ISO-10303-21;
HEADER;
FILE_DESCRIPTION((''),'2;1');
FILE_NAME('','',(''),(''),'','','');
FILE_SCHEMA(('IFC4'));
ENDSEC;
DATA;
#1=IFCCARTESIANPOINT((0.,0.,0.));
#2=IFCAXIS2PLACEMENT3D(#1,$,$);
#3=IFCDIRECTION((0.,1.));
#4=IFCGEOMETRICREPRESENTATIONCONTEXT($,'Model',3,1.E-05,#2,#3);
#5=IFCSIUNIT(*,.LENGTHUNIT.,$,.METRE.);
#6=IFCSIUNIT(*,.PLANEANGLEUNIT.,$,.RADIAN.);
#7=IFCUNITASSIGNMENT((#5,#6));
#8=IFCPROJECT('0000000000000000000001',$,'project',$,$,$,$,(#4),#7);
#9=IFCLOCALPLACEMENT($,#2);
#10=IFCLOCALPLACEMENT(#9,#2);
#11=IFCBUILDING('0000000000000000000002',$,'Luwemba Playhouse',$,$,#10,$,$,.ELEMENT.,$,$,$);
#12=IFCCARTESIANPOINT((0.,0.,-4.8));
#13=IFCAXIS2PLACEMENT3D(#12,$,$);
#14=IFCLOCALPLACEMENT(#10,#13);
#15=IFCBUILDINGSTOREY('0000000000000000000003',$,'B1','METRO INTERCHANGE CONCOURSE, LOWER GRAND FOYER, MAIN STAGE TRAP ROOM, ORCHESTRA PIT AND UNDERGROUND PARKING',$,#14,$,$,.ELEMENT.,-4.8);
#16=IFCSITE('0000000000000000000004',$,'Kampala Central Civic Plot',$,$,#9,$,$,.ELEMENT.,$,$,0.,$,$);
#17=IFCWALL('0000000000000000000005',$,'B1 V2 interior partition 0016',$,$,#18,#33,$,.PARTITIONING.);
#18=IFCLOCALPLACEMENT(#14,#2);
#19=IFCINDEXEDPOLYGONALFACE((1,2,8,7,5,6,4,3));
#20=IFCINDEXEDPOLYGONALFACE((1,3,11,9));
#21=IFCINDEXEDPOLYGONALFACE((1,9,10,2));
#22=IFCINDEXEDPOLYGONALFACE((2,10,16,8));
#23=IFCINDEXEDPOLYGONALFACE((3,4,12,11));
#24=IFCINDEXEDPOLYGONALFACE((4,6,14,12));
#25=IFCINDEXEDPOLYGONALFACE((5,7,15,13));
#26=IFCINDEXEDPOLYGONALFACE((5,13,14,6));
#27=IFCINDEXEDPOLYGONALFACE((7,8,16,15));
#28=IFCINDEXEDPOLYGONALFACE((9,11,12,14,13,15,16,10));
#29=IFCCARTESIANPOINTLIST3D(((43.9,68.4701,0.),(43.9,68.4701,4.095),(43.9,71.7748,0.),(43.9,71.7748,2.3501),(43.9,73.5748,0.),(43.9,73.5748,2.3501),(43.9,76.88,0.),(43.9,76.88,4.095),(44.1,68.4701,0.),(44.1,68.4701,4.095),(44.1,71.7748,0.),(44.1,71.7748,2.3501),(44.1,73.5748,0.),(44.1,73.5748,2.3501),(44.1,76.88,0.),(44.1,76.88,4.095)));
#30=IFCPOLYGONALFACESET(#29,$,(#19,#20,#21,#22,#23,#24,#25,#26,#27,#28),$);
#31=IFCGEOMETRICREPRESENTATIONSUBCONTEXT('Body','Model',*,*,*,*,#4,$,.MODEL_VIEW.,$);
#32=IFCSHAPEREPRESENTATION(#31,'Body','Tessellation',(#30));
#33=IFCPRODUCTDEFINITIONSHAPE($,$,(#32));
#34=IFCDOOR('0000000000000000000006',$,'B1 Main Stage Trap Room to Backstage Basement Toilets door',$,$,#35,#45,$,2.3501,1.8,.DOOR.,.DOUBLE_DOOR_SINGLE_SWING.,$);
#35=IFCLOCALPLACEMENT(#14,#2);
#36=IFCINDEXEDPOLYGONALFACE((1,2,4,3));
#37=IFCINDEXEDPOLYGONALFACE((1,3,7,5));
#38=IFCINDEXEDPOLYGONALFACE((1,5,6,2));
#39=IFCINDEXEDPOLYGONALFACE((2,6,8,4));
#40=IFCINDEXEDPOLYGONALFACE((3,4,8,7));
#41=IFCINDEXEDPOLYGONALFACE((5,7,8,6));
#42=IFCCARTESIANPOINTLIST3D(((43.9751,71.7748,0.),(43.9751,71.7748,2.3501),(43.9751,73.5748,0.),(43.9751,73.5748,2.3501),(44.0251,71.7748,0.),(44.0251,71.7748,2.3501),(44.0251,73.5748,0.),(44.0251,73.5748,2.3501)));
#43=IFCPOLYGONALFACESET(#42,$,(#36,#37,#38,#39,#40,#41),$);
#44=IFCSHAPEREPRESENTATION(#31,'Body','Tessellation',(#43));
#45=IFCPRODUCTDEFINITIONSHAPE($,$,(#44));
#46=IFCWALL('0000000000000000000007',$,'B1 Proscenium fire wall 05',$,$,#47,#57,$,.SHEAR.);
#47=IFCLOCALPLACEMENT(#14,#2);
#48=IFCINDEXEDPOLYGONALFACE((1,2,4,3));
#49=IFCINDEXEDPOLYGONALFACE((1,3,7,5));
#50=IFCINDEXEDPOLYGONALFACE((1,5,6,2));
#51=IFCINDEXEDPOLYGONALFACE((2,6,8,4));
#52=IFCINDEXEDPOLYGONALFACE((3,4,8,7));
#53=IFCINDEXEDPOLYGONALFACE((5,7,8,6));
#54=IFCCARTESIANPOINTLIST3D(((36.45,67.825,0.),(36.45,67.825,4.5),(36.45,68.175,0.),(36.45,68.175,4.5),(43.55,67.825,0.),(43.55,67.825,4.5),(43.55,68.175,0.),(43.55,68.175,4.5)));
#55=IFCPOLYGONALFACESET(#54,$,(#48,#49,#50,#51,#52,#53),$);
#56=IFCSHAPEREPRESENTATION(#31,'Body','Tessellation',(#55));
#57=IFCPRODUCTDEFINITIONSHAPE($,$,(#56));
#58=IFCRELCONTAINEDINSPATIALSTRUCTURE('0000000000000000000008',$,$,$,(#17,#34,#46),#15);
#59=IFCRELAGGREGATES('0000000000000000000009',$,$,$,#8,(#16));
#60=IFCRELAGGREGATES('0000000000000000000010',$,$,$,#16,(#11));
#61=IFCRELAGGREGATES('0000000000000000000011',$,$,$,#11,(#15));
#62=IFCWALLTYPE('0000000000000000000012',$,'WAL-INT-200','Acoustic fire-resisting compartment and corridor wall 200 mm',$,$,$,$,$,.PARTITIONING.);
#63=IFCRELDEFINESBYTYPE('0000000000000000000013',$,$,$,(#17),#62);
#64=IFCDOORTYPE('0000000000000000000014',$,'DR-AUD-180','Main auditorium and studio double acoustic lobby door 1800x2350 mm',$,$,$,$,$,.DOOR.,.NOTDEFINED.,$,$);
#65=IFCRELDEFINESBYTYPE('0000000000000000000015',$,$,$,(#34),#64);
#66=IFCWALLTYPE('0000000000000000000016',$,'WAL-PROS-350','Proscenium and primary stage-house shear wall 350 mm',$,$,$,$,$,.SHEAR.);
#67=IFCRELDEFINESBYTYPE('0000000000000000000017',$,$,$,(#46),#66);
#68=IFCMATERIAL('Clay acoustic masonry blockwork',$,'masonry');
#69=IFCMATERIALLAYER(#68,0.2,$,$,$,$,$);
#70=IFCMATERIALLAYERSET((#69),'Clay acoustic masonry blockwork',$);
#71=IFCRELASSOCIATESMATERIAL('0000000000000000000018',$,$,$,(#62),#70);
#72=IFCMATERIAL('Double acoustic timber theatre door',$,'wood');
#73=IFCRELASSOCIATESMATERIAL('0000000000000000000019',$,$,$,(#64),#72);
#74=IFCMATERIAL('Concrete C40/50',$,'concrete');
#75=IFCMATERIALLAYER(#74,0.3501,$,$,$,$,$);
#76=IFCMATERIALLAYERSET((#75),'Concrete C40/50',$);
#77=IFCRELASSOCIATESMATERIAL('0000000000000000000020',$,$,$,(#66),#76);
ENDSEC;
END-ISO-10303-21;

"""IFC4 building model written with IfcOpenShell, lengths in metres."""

from ifc_helpers import new_model, si_unit, direction, frame, frame_2d, origin, place, context, subcontext, project, spatial, rectangle, extrude, material, layer, layer_set, type_object, element, fill, save


model = new_model("IFC4")

# Units and contexts
model_context = context("Model", 3, precision=1e-05, world=origin(), true_north=direction((0.0, 1.0)))
body_context = subcontext(model_context, "Body", "Model", "MODEL_VIEW")
ifc_project = project(units=[si_unit("LENGTHUNIT", "METRE"), si_unit("PLANEANGLEUNIT", "RADIAN")], contexts=[model_context])

# Site, building, storey
site_placement = place(None, origin())
site = spatial("IfcSite", under=ifc_project, at=site_placement, Name="Kampala Central Civic Plot", CompositionType="ELEMENT", RefElevation=0.0)
building_placement = place(site_placement, origin())
building = spatial("IfcBuilding", under=site, at=building_placement, Name="Luwemba Playhouse", CompositionType="ELEMENT")
storey_placement = place(building_placement, frame((0.0, 0.0, -4.8)))
storey = spatial("IfcBuildingStorey", under=building, at=storey_placement, Name="B1", Description="METRO INTERCHANGE CONCOURSE, LOWER GRAND FOYER, MAIN STAGE TRAP ROOM, ORCHESTRA PIT AND UNDERGROUND PARKING", CompositionType="ELEMENT", Elevation=-4.8)

# Shared definitions
ifc_material_1 = material(Name="Concrete C40/50", Category="concrete")

# Wall, opening, door
ifc_material_2 = material(Name="Clay acoustic masonry blockwork", Category="masonry")
ifc_layer_1 = layer(ifc_material_2, 0.2)
ifc_layer_set_1 = layer_set([ifc_layer_1], Name="Clay acoustic masonry blockwork")
wall_type_1 = type_object("IfcWallType", Name="WAL-INT-200", Description="Acoustic fire-resisting compartment and corridor wall 200 mm", PredefinedType="PARTITIONING", material=ifc_layer_set_1)
wall_1_placement = place(storey_placement, frame((44.0, 68.47, 0.0), z_axis=(0.0, 0.0, 1.0), x_axis=(0.0, 1.0, 0.0)))
wall_1 = element("IfcWall", 1, at=wall_1_placement, inside=storey, type_object=wall_type_1, Name="B1 V2 interior partition 0016", PredefinedType="PARTITIONING", context=body_context, shape_type="SweptSolid", body=[
    extrude(rectangle(XDim=8.4099, YDim=0.2, at=frame_2d((4.2051, 0.0))), origin(), (0.0, 0.0, 1.0), 4.095),
])
opening_placement = place(wall_1_placement, frame((3.3049, 0.0, 0.0)))
opening = element("IfcOpeningElement", 2, at=opening_placement, cuts=wall_1, PredefinedType="OPENING", context=body_context, shape_type="SweptSolid", body=[
    extrude(rectangle(XDim=1.8, YDim=2.3501, at=frame_2d((0.8999, 1.175))), frame((0.0, 0.1099, 0.0), z_axis=(0.0, -1.0, 0.0), x_axis=(1.0, 0.0, 0.0)), (0.0, 0.0, 1.0), 0.22),
])
ifc_material_3 = material(Name="Double acoustic timber theatre door", Category="wood")
door_type = type_object("IfcDoorType", Name="DR-AUD-180", Description="Main auditorium and studio double acoustic lobby door 1800x2350 mm", OperationType="NOTDEFINED", PredefinedType="DOOR", material=ifc_material_3)
door_placement = place(opening_placement, origin())
door = element("IfcDoor", 3, at=door_placement, inside=storey, type_object=door_type, Name="B1 Main Stage Trap Room to Backstage Basement Toilets door", OperationType="DOUBLE_DOOR_SINGLE_SWING", OverallHeight=2.3501, OverallWidth=1.8, PredefinedType="DOOR", context=body_context, shape_type="SweptSolid", body=[
    extrude(rectangle(XDim=1.8, YDim=2.3501, at=frame_2d((0.8999, 1.175))), frame((0.0, 0.0249, 0.0), z_axis=(0.0, -1.0, 0.0), x_axis=(1.0, 0.0, 0.0)), (0.0, 0.0, 1.0), 0.05),
])
fill(opening, door)

# Wall
ifc_layer_2 = layer(ifc_material_1, 0.3501)
ifc_layer_set_2 = layer_set([ifc_layer_2], Name="Concrete C40/50")
wall_type_2 = type_object("IfcWallType", Name="WAL-PROS-350", Description="Proscenium and primary stage-house shear wall 350 mm", PredefinedType="SHEAR", material=ifc_layer_set_2)
wall_2_placement = place(storey_placement, frame((36.45, 68.0, 0.0), z_axis=(0.0, 0.0, 1.0), x_axis=(1.0, 0.0, 0.0)))
element("IfcWall", 4, at=wall_2_placement, inside=storey, type_object=wall_type_2, Name="B1 Proscenium fire wall 05", PredefinedType="SHEAR", context=body_context, shape_type="SweptSolid", body=[
    extrude(rectangle(XDim=7.1001, YDim=0.3501, at=frame_2d((3.55, 0.0))), origin(), (0.0, 0.0, 1.0), 4.5),
])

save(model, "model.ifc")
